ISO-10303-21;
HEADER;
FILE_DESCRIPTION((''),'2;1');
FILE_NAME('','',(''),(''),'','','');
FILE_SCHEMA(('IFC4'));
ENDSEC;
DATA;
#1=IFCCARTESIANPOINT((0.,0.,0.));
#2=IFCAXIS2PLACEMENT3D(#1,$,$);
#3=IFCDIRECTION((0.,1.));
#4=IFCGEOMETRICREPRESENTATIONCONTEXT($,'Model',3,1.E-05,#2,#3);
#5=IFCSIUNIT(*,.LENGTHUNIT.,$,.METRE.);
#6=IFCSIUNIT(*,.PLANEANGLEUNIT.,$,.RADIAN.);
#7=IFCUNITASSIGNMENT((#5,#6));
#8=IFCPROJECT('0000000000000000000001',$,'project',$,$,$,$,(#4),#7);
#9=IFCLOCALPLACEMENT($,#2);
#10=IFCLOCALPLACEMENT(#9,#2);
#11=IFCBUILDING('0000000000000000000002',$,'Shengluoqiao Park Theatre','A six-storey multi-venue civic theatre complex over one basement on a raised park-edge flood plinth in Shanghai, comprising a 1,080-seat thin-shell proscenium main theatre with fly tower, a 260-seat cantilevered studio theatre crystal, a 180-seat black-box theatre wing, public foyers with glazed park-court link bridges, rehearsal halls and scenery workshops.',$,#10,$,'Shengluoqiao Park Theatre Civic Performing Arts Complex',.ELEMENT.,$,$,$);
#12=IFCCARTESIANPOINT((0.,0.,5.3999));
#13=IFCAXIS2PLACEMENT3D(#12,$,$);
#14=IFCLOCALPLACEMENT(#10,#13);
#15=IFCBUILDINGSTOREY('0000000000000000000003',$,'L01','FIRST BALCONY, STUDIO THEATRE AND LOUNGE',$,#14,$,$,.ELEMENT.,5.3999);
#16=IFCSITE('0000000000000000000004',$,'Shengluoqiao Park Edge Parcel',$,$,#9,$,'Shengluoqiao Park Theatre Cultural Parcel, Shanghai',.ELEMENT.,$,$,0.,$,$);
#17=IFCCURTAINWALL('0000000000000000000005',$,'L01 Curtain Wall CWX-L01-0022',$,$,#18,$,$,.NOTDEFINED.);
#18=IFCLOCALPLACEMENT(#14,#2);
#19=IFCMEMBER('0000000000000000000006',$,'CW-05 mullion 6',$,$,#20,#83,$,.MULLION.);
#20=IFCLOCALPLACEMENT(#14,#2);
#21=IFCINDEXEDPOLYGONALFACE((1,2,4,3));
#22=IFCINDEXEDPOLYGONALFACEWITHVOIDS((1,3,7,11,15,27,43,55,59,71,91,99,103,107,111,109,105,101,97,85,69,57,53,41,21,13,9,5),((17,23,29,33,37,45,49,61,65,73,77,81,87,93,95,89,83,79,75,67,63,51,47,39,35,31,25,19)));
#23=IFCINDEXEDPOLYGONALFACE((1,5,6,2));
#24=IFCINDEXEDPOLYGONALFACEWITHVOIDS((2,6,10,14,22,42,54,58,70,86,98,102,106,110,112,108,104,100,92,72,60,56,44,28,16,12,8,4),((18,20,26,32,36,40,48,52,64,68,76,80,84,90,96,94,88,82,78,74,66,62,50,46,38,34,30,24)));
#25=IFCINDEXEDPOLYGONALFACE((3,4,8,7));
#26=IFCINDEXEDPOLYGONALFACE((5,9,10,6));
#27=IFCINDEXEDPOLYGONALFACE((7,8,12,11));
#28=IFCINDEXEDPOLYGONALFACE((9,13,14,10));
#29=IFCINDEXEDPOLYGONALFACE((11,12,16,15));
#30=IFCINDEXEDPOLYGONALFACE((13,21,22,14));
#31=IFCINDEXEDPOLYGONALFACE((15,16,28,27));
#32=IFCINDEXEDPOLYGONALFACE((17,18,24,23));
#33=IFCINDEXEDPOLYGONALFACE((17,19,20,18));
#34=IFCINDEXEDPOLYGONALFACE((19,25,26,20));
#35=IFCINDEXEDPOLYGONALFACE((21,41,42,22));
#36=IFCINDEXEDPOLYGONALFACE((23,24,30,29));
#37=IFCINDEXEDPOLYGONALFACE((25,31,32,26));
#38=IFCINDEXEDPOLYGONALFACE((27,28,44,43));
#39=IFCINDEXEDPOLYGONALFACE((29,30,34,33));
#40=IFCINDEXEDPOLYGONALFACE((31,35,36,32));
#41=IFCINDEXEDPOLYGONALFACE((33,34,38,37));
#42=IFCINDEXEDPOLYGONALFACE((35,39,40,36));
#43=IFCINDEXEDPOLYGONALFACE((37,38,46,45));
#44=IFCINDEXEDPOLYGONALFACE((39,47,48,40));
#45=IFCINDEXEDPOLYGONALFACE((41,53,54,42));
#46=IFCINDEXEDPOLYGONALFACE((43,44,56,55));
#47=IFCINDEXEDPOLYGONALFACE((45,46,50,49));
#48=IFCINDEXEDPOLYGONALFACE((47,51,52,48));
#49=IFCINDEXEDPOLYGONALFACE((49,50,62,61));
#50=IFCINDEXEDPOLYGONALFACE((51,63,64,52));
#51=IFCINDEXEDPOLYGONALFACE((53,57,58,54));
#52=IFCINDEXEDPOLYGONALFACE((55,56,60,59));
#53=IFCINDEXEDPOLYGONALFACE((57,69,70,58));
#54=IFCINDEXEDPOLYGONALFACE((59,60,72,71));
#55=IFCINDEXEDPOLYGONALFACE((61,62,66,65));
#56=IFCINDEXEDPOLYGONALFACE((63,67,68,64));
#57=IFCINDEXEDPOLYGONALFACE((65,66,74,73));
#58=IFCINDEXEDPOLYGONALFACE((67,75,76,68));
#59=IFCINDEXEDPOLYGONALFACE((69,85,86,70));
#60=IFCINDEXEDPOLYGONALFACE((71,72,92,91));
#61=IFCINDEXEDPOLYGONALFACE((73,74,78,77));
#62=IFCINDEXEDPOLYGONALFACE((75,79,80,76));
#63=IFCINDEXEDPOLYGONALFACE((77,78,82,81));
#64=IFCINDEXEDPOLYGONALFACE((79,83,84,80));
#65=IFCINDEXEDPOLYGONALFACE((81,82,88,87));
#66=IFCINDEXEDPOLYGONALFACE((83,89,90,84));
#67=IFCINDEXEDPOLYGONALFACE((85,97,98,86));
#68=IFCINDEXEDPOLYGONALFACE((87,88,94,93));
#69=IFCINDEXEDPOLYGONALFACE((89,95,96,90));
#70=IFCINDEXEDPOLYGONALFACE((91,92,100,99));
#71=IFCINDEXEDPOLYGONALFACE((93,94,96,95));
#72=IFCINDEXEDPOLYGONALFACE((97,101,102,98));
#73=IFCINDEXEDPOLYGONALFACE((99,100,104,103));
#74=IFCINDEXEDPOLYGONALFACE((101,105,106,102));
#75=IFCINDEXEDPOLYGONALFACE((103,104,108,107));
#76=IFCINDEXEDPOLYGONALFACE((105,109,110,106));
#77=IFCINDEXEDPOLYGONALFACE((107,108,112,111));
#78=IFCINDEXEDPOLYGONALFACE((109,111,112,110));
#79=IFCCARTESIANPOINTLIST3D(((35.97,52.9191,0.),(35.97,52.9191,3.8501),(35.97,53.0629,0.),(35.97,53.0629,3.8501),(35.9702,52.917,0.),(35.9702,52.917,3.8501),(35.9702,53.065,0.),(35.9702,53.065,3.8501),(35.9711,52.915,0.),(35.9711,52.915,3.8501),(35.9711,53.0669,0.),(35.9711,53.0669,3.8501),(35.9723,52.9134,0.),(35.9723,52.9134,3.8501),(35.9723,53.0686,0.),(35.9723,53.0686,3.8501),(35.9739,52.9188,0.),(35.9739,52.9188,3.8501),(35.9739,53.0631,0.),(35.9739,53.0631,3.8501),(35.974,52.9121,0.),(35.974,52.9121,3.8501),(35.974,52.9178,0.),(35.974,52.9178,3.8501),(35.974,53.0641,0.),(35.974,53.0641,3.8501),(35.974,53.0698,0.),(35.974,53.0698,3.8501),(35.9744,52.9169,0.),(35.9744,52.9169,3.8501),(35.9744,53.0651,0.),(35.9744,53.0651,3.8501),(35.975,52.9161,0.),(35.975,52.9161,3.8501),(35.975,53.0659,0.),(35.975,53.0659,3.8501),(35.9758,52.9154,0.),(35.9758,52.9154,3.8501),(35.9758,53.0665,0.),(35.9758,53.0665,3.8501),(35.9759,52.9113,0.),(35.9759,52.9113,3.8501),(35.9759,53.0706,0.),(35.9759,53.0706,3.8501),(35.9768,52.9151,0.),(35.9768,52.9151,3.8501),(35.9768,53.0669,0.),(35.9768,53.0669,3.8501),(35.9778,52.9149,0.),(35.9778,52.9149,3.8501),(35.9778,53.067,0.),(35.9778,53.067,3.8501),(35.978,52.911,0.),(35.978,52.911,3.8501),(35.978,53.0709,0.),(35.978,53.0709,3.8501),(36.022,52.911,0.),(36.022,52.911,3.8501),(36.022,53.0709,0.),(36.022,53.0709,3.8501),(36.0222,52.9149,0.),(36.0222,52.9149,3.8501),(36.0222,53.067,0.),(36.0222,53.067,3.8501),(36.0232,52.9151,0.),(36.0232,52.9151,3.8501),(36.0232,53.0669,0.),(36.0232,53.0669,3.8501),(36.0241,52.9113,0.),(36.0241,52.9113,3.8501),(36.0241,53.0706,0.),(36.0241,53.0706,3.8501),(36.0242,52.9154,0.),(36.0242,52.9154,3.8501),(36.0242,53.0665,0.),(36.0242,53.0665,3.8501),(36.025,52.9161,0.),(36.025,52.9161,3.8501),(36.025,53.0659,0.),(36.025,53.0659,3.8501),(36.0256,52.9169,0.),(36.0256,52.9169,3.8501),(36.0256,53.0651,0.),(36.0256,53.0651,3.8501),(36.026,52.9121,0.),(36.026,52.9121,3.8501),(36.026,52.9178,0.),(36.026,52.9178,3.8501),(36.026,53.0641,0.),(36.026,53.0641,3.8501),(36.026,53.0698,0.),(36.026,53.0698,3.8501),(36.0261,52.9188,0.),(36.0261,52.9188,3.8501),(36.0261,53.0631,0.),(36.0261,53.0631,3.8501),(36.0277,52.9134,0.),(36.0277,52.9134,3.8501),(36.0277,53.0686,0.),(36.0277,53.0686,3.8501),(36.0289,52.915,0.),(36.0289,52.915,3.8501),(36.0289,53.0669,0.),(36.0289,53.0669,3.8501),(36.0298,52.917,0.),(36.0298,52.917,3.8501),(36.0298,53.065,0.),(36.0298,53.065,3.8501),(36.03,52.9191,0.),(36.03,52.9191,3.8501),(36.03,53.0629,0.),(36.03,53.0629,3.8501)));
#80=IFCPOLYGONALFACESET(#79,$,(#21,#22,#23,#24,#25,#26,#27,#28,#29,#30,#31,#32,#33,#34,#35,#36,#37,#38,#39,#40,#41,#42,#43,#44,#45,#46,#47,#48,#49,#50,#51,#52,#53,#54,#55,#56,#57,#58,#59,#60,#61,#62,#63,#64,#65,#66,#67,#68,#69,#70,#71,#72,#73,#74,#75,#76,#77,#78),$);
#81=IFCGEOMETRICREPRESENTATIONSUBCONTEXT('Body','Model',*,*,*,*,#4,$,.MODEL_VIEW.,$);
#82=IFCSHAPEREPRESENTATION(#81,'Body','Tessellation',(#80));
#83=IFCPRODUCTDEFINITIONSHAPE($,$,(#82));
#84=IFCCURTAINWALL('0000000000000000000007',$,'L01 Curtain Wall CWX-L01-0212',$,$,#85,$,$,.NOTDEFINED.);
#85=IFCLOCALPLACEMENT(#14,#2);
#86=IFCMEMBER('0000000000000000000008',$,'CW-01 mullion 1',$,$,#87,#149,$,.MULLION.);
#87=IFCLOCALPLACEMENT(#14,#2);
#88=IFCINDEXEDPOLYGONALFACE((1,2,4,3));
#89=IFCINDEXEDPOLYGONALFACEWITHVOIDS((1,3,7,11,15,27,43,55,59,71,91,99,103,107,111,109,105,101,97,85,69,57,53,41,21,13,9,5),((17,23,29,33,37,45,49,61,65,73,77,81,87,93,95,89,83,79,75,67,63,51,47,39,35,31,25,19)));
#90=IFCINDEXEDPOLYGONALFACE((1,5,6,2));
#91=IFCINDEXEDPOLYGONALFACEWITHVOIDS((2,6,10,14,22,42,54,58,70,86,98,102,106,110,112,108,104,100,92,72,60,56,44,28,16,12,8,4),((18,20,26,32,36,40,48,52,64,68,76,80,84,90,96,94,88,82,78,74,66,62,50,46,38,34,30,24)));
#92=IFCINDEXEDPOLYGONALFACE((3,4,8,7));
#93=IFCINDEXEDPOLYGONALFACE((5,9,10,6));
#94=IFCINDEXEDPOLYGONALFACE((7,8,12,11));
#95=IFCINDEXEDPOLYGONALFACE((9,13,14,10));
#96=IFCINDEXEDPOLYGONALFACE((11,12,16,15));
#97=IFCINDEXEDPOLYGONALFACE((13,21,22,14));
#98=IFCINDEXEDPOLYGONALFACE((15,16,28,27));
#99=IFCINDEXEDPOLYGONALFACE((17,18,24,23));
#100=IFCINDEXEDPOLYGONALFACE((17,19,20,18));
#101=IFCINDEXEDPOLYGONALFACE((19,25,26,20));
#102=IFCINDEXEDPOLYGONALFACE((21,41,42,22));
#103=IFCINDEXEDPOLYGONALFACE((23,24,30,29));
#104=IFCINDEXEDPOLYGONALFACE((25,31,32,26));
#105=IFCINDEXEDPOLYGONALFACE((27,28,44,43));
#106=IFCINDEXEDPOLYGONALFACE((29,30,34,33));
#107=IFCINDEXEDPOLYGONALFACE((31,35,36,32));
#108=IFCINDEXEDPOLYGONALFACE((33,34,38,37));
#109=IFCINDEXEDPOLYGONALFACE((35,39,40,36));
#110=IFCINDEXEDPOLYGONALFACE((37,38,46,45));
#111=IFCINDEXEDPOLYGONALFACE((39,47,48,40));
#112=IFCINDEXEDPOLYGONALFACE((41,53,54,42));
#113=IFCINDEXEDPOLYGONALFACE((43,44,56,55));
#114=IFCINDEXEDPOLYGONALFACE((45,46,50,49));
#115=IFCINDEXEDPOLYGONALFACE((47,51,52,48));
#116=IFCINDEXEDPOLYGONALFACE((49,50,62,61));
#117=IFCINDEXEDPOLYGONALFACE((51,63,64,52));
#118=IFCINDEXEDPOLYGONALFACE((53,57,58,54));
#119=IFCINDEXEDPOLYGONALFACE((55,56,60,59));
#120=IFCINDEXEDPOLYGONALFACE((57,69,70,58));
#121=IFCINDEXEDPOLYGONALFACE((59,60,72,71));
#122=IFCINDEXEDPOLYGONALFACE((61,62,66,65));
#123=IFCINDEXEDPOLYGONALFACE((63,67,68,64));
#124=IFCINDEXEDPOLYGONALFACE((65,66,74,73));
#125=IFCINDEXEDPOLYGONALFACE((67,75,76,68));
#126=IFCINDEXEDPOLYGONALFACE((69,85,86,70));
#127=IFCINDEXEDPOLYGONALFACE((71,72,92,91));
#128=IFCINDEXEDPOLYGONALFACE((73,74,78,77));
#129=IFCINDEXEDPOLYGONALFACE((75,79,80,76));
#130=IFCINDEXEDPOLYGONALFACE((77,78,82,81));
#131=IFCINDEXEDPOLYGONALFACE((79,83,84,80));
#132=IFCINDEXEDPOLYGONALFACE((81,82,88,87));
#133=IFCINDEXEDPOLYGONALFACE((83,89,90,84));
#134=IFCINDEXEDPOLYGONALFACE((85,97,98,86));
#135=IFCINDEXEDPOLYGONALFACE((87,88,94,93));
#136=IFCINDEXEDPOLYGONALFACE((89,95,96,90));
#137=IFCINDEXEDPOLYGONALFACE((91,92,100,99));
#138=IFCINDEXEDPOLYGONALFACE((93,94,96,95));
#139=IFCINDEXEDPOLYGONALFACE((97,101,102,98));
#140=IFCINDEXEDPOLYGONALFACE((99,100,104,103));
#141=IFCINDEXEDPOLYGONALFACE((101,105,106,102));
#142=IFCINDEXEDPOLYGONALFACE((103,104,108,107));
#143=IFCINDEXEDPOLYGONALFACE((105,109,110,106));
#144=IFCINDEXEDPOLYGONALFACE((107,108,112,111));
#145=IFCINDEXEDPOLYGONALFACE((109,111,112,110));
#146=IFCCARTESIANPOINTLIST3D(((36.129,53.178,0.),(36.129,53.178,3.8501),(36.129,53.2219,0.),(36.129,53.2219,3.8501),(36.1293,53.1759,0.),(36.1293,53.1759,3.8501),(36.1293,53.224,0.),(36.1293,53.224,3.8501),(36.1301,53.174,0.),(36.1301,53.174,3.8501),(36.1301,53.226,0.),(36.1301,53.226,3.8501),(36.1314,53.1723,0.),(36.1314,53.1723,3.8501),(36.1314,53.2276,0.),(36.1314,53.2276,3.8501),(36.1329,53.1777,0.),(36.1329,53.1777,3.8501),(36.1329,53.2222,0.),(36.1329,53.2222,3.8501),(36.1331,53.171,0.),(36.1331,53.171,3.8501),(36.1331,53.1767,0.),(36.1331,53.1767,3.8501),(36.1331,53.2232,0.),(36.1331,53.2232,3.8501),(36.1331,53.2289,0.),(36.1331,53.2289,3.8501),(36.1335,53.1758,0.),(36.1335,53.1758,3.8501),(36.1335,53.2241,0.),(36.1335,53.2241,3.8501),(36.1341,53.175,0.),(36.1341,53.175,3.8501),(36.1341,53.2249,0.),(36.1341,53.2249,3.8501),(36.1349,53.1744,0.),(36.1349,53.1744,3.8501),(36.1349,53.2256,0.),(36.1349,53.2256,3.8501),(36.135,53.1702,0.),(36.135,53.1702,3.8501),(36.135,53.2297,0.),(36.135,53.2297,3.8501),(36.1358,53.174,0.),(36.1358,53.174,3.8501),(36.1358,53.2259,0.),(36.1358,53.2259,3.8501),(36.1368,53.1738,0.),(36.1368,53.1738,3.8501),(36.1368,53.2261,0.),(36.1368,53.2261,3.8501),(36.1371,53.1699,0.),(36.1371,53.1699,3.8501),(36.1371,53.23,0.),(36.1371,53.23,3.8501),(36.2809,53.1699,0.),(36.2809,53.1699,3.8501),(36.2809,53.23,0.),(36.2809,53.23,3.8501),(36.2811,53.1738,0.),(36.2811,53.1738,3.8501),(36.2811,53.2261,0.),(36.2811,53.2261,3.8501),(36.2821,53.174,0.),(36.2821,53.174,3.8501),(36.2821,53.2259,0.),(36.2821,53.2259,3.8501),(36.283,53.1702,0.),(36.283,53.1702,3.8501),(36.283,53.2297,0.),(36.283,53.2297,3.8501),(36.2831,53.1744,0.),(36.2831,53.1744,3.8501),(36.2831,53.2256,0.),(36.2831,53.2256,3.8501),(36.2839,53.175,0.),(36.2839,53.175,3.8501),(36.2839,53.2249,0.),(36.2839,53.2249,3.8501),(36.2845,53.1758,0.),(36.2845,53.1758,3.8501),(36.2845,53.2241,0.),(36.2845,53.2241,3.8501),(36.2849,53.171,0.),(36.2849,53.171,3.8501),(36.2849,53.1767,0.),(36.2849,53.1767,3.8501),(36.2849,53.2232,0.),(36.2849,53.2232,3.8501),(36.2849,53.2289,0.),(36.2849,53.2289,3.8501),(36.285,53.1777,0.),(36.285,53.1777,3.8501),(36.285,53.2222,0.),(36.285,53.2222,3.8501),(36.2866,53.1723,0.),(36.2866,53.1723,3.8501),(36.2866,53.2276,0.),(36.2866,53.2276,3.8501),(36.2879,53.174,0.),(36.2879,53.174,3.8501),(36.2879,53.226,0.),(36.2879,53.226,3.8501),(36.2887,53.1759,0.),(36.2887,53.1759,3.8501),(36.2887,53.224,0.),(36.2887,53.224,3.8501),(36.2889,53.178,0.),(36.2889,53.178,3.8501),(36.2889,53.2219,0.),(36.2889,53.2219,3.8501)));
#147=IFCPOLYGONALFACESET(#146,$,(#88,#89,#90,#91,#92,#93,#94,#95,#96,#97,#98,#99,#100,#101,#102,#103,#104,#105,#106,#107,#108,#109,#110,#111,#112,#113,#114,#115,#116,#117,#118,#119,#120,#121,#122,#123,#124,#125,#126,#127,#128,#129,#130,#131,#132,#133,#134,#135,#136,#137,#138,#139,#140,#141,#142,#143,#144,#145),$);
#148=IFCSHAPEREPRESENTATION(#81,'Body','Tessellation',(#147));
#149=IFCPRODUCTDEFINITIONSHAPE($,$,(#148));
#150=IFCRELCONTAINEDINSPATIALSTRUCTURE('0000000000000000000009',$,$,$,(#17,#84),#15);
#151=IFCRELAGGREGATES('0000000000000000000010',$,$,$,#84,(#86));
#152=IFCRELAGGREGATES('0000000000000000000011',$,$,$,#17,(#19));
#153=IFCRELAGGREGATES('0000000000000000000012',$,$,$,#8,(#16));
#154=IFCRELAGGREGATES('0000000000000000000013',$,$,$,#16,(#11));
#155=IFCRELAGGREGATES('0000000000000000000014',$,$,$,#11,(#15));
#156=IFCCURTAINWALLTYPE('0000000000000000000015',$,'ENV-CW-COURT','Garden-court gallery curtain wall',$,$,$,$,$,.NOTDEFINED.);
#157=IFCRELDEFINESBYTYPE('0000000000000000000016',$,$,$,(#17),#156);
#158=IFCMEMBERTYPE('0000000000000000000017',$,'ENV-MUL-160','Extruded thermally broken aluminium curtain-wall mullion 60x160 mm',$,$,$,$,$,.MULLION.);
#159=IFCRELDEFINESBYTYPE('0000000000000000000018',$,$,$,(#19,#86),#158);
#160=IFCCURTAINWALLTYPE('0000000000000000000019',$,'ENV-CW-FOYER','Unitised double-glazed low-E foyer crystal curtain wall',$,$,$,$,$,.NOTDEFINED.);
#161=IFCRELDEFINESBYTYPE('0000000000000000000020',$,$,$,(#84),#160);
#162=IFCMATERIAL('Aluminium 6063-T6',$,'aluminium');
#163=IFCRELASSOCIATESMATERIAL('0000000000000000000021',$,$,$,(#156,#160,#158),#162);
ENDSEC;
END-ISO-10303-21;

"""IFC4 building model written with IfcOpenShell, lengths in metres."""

from ifc_helpers import new_model, si_unit, direction, frame, origin, origin_2d, place, context, subcontext, project, spatial, hollow_rectangle, extrude, material, material_profile, profile_set, type_object, element, aggregate, save


model = new_model("IFC4")

# Units and contexts
model_context = context("Model", 3, precision=1e-05, world=origin(), true_north=direction((0.0, 1.0)))
body_context = subcontext(model_context, "Body", "Model", "MODEL_VIEW")
ifc_project = project(units=[si_unit("LENGTHUNIT", "METRE"), si_unit("PLANEANGLEUNIT", "RADIAN")], contexts=[model_context])

# Site, building, storey
site_placement = place(None, origin())
site = spatial("IfcSite", under=ifc_project, at=site_placement, Name="Shengluoqiao Park Edge Parcel", LongName="Shengluoqiao Park Theatre Cultural Parcel, Shanghai", CompositionType="ELEMENT", RefElevation=0.0)
building_placement = place(site_placement, origin())
building = spatial("IfcBuilding", under=site, at=building_placement, Name="Shengluoqiao Park Theatre", Description="A six-storey multi-venue civic theatre complex over one basement on a raised park-edge flood plinth in Shanghai, comprising a 1,080-seat thin-shell proscenium main theatre with fly tower, a 260-seat cantilevered studio theatre crystal, a 180-seat black-box theatre wing, public foyers with glazed park-court link bridges, rehearsal halls and scenery workshops.", LongName="Shengluoqiao Park Theatre Civic Performing Arts Complex", CompositionType="ELEMENT")
storey_placement = place(building_placement, frame((0.0, 0.0, 5.3999)))
storey = spatial("IfcBuildingStorey", under=building, at=storey_placement, Name="L01", Description="FIRST BALCONY, STUDIO THEATRE AND LOUNGE", CompositionType="ELEMENT", Elevation=5.3999)

# Curtain wall, member
ifc_material_1 = material(Name="Aluminium 6063-T6", Category="aluminium")
curtain_wall_type_1 = type_object("IfcCurtainWallType", Name="ENV-CW-COURT", Description="Garden-court gallery curtain wall", PredefinedType="NOTDEFINED", material=ifc_material_1)
curtain_wall_1_placement = place(storey_placement, origin())
curtain_wall_1 = element("IfcCurtainWall", 1, at=curtain_wall_1_placement, inside=storey, type_object=curtain_wall_type_1, Name="L01 Curtain Wall CWX-L01-0022", PredefinedType="NOTDEFINED")
ifc_material_profile_1 = material_profile(ifc_material_1, hollow_rectangle(XDim=0.0601, YDim=0.1599, WallThickness=0.0039, InnerFilletRadius=0.0039, OuterFilletRadius=0.0081, at=origin_2d()), Name="ALU MULLION 160x60x4")
ifc_profile_set_1 = profile_set([ifc_material_profile_1], Name="Aluminium 6063-T6")
member_type_1 = type_object("IfcMemberType", Name="ENV-MUL-160", Description="Extruded thermally broken aluminium curtain-wall mullion 60x160 mm", PredefinedType="MULLION", material=ifc_profile_set_1)
member_1_placement = place(storey_placement, frame((36.0, 52.991, 0.0), z_axis=(0.0, 0.0, 1.0), x_axis=(-1.0, 0.0, 0.0)))
member_1 = element("IfcMember", 2, at=member_1_placement, type_object=member_type_1, Name="CW-05 mullion 6", PredefinedType="MULLION", context=body_context, shape_type="SweptSolid", body=[
    extrude(hollow_rectangle(XDim=0.0601, YDim=0.1599, WallThickness=0.0039, InnerFilletRadius=0.0039, OuterFilletRadius=0.0081, at=origin_2d()), origin(), (0.0, 0.0, 1.0), 3.8501),
])

# Curtain wall, member
curtain_wall_type_2 = type_object("IfcCurtainWallType", Name="ENV-CW-FOYER", Description="Unitised double-glazed low-E foyer crystal curtain wall", PredefinedType="NOTDEFINED", material=ifc_material_1)
curtain_wall_2_placement = place(storey_placement, origin())
curtain_wall_2 = element("IfcCurtainWall", 3, at=curtain_wall_2_placement, inside=storey, type_object=curtain_wall_type_2, Name="L01 Curtain Wall CWX-L01-0212", PredefinedType="NOTDEFINED")
member_2_placement = place(storey_placement, frame((36.209, 53.2, 0.0), z_axis=(0.0, 0.0, 1.0), x_axis=(0.0, 1.0, 0.0)))
member_2 = element("IfcMember", 4, at=member_2_placement, type_object=member_type_1, Name="CW-01 mullion 1", PredefinedType="MULLION", context=body_context, shape_type="SweptSolid", body=[
    extrude(hollow_rectangle(XDim=0.0601, YDim=0.1599, WallThickness=0.0039, InnerFilletRadius=0.0039, OuterFilletRadius=0.0081, at=origin_2d()), origin(), (0.0, 0.0, 1.0), 3.8501),
])
aggregate(curtain_wall_2, [member_2])

aggregate(curtain_wall_1, [member_1])

save(model, "model.ifc")
